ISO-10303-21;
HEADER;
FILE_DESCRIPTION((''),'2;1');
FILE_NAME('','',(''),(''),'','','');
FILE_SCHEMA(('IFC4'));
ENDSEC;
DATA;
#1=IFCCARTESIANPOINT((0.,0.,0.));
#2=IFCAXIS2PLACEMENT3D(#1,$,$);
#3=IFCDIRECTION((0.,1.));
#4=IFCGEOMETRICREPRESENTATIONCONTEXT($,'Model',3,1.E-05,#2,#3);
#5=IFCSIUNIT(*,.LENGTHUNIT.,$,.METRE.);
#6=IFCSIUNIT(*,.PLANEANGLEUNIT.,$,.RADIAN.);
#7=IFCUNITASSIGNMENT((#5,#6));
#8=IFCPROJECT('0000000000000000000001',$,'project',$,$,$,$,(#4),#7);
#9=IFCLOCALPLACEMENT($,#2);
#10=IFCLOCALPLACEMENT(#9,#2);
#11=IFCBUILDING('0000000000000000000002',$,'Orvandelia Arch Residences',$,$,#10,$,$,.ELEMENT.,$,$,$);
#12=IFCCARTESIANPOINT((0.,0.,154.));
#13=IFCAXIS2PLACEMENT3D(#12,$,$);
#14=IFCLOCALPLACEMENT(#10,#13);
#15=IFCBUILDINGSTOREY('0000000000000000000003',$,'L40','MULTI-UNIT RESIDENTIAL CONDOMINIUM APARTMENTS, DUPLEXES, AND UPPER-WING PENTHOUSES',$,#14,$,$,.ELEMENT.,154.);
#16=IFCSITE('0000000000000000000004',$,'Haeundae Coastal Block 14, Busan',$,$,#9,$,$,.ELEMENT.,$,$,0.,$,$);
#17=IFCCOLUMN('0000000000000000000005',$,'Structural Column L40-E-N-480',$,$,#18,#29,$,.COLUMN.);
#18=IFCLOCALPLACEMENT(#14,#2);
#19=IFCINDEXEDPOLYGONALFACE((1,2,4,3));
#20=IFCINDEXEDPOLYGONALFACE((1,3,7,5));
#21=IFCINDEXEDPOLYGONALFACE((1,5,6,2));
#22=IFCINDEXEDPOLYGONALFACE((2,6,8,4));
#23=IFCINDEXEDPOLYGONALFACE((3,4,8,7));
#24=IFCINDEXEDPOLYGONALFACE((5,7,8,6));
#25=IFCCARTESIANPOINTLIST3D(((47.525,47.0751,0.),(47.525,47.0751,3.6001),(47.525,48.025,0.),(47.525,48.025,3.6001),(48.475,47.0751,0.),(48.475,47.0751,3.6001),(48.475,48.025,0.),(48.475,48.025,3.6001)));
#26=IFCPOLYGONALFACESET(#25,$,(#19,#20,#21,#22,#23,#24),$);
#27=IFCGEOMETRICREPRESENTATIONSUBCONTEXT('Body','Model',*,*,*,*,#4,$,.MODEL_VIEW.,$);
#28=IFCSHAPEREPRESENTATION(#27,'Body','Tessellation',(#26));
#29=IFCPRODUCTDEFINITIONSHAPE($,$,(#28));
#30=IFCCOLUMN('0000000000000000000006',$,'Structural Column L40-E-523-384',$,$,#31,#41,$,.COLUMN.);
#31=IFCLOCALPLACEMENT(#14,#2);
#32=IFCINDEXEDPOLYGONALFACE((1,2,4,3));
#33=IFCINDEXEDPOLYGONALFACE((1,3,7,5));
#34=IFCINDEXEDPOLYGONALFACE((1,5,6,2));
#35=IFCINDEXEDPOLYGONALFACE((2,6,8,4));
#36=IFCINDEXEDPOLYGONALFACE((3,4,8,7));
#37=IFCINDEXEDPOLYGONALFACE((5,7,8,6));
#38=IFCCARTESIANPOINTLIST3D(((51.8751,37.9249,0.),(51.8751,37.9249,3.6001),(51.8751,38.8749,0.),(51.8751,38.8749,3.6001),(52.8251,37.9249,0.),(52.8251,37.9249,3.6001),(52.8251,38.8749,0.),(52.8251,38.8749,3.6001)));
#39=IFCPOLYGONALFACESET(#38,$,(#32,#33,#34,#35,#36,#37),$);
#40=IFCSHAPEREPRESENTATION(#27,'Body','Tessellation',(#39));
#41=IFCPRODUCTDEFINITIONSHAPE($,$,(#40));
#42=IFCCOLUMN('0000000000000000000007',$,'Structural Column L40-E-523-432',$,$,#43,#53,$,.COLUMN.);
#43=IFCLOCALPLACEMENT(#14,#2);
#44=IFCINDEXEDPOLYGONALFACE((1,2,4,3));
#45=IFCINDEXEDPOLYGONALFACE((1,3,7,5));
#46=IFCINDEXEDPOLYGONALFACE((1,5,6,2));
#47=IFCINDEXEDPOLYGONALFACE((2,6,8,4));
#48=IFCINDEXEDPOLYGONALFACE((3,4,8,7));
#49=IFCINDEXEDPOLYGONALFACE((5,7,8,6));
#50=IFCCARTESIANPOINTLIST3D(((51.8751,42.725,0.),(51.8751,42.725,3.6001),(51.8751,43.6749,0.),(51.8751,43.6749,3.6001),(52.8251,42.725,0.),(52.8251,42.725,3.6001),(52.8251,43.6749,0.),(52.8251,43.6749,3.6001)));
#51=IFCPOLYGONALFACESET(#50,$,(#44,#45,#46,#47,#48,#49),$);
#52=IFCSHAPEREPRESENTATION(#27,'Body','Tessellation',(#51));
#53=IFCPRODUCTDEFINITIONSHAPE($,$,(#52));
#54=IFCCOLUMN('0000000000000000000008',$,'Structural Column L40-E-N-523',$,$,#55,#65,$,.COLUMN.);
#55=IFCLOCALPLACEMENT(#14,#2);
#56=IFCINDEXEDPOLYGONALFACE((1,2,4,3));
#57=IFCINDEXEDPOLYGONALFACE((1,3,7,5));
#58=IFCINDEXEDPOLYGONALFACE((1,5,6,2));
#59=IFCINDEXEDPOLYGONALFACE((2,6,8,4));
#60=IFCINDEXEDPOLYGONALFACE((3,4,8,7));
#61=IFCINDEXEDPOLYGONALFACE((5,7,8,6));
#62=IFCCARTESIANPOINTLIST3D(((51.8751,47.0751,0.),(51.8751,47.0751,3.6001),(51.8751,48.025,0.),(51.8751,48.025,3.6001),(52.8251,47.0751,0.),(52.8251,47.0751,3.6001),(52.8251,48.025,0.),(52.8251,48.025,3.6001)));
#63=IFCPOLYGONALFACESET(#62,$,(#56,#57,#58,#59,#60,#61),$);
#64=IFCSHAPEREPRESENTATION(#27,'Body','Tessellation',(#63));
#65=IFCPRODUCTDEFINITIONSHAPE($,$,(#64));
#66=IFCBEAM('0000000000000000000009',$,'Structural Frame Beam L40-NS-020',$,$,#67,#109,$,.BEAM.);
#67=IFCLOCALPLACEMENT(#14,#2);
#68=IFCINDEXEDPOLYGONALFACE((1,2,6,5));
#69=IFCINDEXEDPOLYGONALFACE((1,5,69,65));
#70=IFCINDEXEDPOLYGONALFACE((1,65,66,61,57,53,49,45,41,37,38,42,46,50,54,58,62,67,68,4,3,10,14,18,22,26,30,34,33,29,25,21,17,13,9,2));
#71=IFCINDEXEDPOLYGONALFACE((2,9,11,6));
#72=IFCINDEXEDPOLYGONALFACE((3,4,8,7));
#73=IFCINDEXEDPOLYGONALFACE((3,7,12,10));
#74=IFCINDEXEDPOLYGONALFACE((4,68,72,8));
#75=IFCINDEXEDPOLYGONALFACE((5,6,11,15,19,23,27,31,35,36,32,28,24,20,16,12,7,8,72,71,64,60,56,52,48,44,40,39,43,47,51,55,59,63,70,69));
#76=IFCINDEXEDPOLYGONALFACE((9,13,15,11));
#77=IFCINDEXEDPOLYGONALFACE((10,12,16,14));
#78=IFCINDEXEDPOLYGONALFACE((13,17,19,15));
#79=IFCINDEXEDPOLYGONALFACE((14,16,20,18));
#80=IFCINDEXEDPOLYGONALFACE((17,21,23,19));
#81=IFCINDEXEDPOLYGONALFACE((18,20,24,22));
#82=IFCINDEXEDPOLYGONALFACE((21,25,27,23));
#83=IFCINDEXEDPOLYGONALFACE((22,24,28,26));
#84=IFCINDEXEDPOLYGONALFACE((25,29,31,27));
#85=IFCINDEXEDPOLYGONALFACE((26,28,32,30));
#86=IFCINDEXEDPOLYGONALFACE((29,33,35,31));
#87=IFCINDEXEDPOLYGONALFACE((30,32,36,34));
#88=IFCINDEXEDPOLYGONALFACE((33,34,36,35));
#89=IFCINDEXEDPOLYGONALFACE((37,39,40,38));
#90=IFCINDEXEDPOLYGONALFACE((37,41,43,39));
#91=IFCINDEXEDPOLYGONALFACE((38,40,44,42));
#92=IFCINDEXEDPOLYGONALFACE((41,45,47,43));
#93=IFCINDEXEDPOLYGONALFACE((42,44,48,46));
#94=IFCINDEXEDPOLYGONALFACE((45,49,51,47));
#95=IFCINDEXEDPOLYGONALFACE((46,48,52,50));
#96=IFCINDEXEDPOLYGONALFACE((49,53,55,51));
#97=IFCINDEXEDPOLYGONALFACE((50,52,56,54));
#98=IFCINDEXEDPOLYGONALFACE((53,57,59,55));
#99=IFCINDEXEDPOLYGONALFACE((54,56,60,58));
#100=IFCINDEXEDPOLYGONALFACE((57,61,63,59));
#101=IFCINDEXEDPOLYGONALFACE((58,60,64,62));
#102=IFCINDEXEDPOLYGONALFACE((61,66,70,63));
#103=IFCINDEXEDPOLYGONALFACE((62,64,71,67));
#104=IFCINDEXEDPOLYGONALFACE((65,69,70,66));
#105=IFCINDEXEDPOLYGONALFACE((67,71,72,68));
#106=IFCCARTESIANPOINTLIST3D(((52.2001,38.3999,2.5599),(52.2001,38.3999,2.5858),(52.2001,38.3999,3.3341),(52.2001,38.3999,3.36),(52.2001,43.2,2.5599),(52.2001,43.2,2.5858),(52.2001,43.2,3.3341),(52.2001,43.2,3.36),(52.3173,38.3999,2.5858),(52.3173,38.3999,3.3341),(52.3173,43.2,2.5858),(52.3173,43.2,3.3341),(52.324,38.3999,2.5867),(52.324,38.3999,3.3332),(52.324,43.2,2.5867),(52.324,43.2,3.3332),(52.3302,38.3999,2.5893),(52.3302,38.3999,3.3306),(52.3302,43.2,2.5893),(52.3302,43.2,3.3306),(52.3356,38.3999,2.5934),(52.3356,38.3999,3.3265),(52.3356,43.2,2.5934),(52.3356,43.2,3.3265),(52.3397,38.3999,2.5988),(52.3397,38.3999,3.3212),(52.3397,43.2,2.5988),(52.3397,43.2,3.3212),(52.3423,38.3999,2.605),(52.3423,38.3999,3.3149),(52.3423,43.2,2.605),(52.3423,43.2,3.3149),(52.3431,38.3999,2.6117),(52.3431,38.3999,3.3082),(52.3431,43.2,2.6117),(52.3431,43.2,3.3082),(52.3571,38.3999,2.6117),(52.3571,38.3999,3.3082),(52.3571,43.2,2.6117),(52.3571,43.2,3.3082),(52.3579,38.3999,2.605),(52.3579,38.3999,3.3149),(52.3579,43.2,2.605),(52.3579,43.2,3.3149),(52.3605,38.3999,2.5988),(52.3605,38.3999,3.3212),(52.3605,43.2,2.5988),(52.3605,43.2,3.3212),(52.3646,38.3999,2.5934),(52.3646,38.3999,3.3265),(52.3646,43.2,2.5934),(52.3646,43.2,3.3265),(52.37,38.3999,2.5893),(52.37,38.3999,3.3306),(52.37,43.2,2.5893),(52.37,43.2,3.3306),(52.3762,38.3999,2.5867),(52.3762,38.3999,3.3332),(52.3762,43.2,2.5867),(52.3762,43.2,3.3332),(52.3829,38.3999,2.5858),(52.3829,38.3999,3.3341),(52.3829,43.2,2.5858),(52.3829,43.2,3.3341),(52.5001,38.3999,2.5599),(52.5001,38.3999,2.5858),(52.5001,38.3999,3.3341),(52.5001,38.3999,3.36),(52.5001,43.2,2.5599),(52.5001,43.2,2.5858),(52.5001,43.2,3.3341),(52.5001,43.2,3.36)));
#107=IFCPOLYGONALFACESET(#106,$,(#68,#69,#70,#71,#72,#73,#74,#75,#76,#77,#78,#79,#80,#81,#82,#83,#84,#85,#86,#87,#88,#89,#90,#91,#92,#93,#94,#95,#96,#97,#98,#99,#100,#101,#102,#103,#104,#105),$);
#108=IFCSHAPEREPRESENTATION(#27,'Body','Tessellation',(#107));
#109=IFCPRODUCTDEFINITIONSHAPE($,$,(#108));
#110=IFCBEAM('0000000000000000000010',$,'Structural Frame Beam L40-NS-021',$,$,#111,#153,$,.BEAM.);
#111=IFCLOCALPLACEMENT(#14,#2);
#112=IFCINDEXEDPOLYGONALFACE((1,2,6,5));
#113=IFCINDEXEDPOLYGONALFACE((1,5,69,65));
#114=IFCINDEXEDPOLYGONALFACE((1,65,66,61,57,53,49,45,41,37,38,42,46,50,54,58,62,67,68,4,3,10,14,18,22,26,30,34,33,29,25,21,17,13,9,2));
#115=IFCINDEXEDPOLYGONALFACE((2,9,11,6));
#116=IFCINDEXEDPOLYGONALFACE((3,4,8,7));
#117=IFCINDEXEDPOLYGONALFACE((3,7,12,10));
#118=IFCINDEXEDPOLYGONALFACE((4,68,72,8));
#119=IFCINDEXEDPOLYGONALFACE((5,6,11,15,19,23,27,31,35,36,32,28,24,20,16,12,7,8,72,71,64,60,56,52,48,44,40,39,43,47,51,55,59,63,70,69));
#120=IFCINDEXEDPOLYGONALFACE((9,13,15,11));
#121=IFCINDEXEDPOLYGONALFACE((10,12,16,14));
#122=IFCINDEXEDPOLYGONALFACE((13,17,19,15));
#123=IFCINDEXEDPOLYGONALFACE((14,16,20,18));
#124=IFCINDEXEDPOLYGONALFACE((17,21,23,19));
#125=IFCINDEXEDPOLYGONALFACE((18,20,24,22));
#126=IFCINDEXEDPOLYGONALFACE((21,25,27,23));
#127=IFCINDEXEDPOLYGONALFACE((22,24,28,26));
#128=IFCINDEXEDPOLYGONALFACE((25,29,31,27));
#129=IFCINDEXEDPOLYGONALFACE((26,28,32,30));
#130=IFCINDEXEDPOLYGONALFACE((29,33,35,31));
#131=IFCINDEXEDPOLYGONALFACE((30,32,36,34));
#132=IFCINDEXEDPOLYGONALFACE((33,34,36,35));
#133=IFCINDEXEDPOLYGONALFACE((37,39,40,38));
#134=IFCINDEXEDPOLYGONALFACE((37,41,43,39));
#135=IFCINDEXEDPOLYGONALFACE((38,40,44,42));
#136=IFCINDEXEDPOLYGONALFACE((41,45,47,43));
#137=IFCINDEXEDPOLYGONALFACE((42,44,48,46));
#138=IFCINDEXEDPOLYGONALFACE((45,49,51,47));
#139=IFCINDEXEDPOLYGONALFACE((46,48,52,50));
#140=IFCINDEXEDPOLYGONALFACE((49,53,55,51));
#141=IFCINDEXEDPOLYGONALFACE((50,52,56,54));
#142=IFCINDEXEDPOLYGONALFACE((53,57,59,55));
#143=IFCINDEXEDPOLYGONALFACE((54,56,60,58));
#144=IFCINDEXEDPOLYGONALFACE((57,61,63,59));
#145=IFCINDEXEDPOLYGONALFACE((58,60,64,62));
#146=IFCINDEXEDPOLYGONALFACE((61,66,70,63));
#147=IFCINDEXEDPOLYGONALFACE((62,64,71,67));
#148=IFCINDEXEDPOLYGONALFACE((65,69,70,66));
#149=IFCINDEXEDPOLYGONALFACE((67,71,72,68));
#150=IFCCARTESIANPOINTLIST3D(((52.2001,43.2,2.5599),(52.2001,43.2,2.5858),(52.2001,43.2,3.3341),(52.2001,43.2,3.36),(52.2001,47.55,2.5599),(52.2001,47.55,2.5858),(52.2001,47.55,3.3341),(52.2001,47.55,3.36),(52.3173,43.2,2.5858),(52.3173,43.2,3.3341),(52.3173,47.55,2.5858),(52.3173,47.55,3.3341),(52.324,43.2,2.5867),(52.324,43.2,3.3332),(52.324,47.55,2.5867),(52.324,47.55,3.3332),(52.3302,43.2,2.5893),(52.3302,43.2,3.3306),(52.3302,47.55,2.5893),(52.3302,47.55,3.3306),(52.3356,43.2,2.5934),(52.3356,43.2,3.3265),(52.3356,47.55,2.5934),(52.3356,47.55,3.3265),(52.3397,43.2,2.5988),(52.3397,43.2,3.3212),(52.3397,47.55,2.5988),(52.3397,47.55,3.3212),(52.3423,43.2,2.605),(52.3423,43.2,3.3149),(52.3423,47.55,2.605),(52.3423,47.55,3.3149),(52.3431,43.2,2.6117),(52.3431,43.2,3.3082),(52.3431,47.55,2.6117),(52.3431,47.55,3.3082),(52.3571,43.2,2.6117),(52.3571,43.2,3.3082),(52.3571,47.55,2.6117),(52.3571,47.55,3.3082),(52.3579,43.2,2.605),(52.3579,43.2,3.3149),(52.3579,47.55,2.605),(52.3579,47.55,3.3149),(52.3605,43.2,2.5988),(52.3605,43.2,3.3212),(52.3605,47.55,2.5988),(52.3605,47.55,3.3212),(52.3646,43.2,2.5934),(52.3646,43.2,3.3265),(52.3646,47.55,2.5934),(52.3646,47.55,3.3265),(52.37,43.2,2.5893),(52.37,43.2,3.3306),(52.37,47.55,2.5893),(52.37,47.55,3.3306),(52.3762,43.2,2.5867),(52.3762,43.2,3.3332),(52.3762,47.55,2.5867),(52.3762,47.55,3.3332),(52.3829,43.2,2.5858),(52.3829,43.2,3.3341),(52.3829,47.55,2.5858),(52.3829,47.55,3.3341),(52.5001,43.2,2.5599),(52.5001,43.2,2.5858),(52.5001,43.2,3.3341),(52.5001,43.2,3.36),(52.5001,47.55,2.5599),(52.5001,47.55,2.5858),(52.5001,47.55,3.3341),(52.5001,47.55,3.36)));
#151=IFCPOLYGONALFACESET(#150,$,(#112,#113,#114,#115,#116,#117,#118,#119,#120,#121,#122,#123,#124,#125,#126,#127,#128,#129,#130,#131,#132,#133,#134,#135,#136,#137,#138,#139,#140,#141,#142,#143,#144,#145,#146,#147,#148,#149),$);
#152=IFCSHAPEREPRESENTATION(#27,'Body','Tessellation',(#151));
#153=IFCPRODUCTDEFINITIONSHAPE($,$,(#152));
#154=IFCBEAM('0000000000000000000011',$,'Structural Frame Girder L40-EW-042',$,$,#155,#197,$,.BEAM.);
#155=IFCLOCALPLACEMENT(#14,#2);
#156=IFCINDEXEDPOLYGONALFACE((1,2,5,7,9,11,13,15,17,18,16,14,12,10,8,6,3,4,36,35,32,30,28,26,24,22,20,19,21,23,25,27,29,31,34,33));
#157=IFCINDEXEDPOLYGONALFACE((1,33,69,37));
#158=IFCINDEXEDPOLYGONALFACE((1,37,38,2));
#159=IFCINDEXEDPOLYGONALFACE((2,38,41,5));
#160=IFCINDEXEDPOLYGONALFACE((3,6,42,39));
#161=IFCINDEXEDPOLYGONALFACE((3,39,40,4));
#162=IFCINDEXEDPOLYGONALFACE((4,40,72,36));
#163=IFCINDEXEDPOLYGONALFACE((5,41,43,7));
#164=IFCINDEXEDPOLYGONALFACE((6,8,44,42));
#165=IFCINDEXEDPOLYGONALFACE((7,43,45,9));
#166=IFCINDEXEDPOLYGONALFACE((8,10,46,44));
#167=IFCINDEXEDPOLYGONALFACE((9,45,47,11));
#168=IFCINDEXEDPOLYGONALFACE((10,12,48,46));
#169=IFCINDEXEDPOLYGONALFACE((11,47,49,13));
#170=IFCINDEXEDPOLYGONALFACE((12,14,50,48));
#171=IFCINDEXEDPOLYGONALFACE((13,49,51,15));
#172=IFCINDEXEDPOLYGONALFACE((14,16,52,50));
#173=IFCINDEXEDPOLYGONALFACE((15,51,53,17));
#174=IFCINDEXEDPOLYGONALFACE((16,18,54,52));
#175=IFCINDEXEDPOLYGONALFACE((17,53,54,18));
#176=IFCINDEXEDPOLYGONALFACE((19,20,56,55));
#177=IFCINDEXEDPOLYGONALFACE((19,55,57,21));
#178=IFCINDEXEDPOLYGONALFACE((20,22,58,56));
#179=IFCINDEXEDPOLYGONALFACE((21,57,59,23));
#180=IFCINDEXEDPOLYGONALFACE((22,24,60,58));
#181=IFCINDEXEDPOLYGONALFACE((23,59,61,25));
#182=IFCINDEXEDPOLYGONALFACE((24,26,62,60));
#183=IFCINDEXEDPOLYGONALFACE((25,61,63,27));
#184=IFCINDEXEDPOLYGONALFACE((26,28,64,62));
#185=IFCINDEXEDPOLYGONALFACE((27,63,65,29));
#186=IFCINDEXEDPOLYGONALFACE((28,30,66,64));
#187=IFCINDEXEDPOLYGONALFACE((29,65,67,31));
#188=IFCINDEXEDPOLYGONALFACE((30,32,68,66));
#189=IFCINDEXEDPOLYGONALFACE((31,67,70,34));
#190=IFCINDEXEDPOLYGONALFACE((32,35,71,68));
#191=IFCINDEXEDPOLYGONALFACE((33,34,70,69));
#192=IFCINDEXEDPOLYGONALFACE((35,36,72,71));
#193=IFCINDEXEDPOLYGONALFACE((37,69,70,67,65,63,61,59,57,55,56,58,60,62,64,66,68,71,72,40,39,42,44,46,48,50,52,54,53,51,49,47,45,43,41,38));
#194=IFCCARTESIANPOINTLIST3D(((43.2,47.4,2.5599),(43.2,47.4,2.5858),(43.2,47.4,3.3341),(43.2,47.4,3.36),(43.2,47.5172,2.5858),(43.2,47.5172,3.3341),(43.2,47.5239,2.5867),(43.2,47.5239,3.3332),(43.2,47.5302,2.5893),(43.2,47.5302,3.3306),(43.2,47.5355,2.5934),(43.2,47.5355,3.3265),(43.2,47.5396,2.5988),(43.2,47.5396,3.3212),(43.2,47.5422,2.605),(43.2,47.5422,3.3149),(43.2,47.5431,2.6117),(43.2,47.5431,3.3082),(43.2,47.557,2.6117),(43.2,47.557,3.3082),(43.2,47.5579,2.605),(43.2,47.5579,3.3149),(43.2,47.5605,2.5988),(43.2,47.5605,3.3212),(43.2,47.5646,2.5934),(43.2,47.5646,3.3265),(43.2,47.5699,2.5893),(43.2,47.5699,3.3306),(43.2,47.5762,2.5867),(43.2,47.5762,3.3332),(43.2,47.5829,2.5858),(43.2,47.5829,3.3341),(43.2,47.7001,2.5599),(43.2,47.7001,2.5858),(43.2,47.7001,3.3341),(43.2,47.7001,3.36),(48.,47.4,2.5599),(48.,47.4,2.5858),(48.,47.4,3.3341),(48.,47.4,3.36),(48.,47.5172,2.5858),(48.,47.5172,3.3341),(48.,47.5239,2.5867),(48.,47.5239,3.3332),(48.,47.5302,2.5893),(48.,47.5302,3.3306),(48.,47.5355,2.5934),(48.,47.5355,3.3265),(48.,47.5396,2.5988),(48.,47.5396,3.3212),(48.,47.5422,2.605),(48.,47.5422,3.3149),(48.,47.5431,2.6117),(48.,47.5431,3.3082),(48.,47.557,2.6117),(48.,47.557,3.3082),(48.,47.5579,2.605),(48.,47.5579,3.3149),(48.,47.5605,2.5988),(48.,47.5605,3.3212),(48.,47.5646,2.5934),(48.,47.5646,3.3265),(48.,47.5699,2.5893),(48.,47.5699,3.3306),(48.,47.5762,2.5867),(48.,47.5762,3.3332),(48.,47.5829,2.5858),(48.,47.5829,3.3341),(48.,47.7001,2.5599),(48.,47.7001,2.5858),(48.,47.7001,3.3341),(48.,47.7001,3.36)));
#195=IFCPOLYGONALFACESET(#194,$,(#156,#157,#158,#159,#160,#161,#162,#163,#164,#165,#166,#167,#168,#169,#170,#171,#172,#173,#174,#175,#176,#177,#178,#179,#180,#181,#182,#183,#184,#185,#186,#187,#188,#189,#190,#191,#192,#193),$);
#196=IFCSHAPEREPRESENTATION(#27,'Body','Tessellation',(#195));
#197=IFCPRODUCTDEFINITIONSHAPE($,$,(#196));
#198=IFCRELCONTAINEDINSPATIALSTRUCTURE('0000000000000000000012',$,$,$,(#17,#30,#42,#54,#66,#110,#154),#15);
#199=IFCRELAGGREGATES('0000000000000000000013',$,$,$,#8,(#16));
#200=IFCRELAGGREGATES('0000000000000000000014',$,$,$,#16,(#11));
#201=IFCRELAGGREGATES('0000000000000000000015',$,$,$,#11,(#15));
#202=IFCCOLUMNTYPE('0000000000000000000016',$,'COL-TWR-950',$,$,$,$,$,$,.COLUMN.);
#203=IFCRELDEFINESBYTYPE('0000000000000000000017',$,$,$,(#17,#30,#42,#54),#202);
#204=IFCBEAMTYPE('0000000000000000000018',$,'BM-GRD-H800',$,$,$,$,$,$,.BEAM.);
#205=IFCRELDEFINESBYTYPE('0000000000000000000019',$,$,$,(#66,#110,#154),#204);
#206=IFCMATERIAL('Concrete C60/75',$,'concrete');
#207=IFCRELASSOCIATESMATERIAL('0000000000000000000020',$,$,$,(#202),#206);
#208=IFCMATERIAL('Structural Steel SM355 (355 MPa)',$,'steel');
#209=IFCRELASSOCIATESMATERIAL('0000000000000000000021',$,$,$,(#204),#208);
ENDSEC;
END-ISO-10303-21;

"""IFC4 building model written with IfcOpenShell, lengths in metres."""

from ifc_helpers import new_model, si_unit, direction, frame, origin, origin_2d, place, context, subcontext, project, spatial, rectangle, i_section, extrude, material, material_profile, profile_set, type_object, element, save


model = new_model("IFC4")

# Units and contexts
model_context = context("Model", 3, precision=1e-05, world=origin(), true_north=direction((0.0, 1.0)))
body_context = subcontext(model_context, "Body", "Model", "MODEL_VIEW")
ifc_project = project(units=[si_unit("LENGTHUNIT", "METRE"), si_unit("PLANEANGLEUNIT", "RADIAN")], contexts=[model_context])

# Site, building, storey
site_placement = place(None, origin())
site = spatial("IfcSite", under=ifc_project, at=site_placement, Name="Haeundae Coastal Block 14, Busan", CompositionType="ELEMENT", RefElevation=0.0)
building_placement = place(site_placement, origin())
building = spatial("IfcBuilding", under=site, at=building_placement, Name="Orvandelia Arch Residences", CompositionType="ELEMENT")
storey_placement = place(building_placement, frame((0.0, 0.0, 154.0)))
storey = spatial("IfcBuildingStorey", under=building, at=storey_placement, Name="L40", Description="MULTI-UNIT RESIDENTIAL CONDOMINIUM APARTMENTS, DUPLEXES, AND UPPER-WING PENTHOUSES", CompositionType="ELEMENT", Elevation=154.0)

# Columns
ifc_material_1 = material(Name="Concrete C60/75", Category="concrete")
ifc_material_profile_1 = material_profile(ifc_material_1, rectangle(XDim=0.95, YDim=0.95, at=origin_2d()), Name="Concrete C60/75", Category="concrete")
ifc_profile_set_1 = profile_set([ifc_material_profile_1], Name="Concrete C60/75")
column_type = type_object("IfcColumnType", Name="COL-TWR-950", PredefinedType="COLUMN", material=ifc_profile_set_1)
for number, where, z_axis, x_axis, name in (
    (1, (48.0, 47.55, 0.0), (0.0, 0.0, 1.0), (1.0, 0.0, 0.0), "Structural Column L40-E-N-480"),
    (2, (52.3501, 38.3999, 0.0), (0.0, 0.0, 1.0), (1.0, 0.0, 0.0), "Structural Column L40-E-523-384"),
    (3, (52.3501, 43.2, 0.0), (0.0, 0.0, 1.0), (1.0, 0.0, 0.0), "Structural Column L40-E-523-432"),
    (4, (52.3501, 47.55, 0.0), (0.0, 0.0, 1.0), (1.0, 0.0, 0.0), "Structural Column L40-E-N-523"),
):
    element("IfcColumn", number, at=place(storey_placement, frame(where, z_axis=z_axis, x_axis=x_axis)), inside=storey, type_object=column_type, Name=name, PredefinedType="COLUMN", context=body_context, shape_type="SweptSolid", body=[
        extrude(rectangle(XDim=0.95, YDim=0.95, at=origin_2d()), origin(), (0.0, 0.0, 1.0), 3.6001),
    ])

# Beams
ifc_material_2 = material(Name="Structural Steel SM355 (355 MPa)", Category="steel")
ifc_material_profile_2 = material_profile(ifc_material_2, i_section(OverallWidth=0.3, OverallDepth=0.8, WebThickness=0.0139, FlangeThickness=0.0259, FilletRadius=0.0259, at=origin_2d()), Name="Structural Steel SM355 (355 MPa)", Category="steel")
ifc_profile_set_2 = profile_set([ifc_material_profile_2], Name="Structural Steel SM355 (355 MPa)")
beam_type = type_object("IfcBeamType", Name="BM-GRD-H800", PredefinedType="BEAM", material=ifc_profile_set_2)
beam_1_placement = place(storey_placement, frame((52.3501, 38.3999, 2.96), z_axis=(0.0, 1.0, 0.0), x_axis=(-1.0, 0.0, 0.0)))
element("IfcBeam", 5, at=beam_1_placement, inside=storey, type_object=beam_type, Name="Structural Frame Beam L40-NS-020", PredefinedType="BEAM", context=body_context, shape_type="SweptSolid", body=[
    extrude(i_section(OverallWidth=0.3, OverallDepth=0.8, WebThickness=0.0139, FlangeThickness=0.0259, FilletRadius=0.0259, at=origin_2d()), origin(), (0.0, 0.0, 1.0), 4.8),
])
beam_2_placement = place(storey_placement, frame((52.3501, 43.2, 2.96), z_axis=(0.0, 1.0, 0.0), x_axis=(-1.0, 0.0, 0.0)))
element("IfcBeam", 6, at=beam_2_placement, inside=storey, type_object=beam_type, Name="Structural Frame Beam L40-NS-021", PredefinedType="BEAM", context=body_context, shape_type="SweptSolid", body=[
    extrude(i_section(OverallWidth=0.3, OverallDepth=0.8, WebThickness=0.0139, FlangeThickness=0.0259, FilletRadius=0.0259, at=origin_2d()), origin(), (0.0, 0.0, 1.0), 4.3501),
])
beam_3_placement = place(storey_placement, frame((43.2, 47.55, 2.96), z_axis=(1.0, 0.0, 0.0), x_axis=(0.0, 1.0, 0.0)))
element("IfcBeam", 7, at=beam_3_placement, inside=storey, type_object=beam_type, Name="Structural Frame Girder L40-EW-042", PredefinedType="BEAM", context=body_context, shape_type="SweptSolid", body=[
    extrude(i_section(OverallWidth=0.3, OverallDepth=0.8, WebThickness=0.0139, FlangeThickness=0.0259, FilletRadius=0.0259, at=origin_2d()), origin(), (0.0, 0.0, 1.0), 4.8),
])

save(model, "model.ifc")
